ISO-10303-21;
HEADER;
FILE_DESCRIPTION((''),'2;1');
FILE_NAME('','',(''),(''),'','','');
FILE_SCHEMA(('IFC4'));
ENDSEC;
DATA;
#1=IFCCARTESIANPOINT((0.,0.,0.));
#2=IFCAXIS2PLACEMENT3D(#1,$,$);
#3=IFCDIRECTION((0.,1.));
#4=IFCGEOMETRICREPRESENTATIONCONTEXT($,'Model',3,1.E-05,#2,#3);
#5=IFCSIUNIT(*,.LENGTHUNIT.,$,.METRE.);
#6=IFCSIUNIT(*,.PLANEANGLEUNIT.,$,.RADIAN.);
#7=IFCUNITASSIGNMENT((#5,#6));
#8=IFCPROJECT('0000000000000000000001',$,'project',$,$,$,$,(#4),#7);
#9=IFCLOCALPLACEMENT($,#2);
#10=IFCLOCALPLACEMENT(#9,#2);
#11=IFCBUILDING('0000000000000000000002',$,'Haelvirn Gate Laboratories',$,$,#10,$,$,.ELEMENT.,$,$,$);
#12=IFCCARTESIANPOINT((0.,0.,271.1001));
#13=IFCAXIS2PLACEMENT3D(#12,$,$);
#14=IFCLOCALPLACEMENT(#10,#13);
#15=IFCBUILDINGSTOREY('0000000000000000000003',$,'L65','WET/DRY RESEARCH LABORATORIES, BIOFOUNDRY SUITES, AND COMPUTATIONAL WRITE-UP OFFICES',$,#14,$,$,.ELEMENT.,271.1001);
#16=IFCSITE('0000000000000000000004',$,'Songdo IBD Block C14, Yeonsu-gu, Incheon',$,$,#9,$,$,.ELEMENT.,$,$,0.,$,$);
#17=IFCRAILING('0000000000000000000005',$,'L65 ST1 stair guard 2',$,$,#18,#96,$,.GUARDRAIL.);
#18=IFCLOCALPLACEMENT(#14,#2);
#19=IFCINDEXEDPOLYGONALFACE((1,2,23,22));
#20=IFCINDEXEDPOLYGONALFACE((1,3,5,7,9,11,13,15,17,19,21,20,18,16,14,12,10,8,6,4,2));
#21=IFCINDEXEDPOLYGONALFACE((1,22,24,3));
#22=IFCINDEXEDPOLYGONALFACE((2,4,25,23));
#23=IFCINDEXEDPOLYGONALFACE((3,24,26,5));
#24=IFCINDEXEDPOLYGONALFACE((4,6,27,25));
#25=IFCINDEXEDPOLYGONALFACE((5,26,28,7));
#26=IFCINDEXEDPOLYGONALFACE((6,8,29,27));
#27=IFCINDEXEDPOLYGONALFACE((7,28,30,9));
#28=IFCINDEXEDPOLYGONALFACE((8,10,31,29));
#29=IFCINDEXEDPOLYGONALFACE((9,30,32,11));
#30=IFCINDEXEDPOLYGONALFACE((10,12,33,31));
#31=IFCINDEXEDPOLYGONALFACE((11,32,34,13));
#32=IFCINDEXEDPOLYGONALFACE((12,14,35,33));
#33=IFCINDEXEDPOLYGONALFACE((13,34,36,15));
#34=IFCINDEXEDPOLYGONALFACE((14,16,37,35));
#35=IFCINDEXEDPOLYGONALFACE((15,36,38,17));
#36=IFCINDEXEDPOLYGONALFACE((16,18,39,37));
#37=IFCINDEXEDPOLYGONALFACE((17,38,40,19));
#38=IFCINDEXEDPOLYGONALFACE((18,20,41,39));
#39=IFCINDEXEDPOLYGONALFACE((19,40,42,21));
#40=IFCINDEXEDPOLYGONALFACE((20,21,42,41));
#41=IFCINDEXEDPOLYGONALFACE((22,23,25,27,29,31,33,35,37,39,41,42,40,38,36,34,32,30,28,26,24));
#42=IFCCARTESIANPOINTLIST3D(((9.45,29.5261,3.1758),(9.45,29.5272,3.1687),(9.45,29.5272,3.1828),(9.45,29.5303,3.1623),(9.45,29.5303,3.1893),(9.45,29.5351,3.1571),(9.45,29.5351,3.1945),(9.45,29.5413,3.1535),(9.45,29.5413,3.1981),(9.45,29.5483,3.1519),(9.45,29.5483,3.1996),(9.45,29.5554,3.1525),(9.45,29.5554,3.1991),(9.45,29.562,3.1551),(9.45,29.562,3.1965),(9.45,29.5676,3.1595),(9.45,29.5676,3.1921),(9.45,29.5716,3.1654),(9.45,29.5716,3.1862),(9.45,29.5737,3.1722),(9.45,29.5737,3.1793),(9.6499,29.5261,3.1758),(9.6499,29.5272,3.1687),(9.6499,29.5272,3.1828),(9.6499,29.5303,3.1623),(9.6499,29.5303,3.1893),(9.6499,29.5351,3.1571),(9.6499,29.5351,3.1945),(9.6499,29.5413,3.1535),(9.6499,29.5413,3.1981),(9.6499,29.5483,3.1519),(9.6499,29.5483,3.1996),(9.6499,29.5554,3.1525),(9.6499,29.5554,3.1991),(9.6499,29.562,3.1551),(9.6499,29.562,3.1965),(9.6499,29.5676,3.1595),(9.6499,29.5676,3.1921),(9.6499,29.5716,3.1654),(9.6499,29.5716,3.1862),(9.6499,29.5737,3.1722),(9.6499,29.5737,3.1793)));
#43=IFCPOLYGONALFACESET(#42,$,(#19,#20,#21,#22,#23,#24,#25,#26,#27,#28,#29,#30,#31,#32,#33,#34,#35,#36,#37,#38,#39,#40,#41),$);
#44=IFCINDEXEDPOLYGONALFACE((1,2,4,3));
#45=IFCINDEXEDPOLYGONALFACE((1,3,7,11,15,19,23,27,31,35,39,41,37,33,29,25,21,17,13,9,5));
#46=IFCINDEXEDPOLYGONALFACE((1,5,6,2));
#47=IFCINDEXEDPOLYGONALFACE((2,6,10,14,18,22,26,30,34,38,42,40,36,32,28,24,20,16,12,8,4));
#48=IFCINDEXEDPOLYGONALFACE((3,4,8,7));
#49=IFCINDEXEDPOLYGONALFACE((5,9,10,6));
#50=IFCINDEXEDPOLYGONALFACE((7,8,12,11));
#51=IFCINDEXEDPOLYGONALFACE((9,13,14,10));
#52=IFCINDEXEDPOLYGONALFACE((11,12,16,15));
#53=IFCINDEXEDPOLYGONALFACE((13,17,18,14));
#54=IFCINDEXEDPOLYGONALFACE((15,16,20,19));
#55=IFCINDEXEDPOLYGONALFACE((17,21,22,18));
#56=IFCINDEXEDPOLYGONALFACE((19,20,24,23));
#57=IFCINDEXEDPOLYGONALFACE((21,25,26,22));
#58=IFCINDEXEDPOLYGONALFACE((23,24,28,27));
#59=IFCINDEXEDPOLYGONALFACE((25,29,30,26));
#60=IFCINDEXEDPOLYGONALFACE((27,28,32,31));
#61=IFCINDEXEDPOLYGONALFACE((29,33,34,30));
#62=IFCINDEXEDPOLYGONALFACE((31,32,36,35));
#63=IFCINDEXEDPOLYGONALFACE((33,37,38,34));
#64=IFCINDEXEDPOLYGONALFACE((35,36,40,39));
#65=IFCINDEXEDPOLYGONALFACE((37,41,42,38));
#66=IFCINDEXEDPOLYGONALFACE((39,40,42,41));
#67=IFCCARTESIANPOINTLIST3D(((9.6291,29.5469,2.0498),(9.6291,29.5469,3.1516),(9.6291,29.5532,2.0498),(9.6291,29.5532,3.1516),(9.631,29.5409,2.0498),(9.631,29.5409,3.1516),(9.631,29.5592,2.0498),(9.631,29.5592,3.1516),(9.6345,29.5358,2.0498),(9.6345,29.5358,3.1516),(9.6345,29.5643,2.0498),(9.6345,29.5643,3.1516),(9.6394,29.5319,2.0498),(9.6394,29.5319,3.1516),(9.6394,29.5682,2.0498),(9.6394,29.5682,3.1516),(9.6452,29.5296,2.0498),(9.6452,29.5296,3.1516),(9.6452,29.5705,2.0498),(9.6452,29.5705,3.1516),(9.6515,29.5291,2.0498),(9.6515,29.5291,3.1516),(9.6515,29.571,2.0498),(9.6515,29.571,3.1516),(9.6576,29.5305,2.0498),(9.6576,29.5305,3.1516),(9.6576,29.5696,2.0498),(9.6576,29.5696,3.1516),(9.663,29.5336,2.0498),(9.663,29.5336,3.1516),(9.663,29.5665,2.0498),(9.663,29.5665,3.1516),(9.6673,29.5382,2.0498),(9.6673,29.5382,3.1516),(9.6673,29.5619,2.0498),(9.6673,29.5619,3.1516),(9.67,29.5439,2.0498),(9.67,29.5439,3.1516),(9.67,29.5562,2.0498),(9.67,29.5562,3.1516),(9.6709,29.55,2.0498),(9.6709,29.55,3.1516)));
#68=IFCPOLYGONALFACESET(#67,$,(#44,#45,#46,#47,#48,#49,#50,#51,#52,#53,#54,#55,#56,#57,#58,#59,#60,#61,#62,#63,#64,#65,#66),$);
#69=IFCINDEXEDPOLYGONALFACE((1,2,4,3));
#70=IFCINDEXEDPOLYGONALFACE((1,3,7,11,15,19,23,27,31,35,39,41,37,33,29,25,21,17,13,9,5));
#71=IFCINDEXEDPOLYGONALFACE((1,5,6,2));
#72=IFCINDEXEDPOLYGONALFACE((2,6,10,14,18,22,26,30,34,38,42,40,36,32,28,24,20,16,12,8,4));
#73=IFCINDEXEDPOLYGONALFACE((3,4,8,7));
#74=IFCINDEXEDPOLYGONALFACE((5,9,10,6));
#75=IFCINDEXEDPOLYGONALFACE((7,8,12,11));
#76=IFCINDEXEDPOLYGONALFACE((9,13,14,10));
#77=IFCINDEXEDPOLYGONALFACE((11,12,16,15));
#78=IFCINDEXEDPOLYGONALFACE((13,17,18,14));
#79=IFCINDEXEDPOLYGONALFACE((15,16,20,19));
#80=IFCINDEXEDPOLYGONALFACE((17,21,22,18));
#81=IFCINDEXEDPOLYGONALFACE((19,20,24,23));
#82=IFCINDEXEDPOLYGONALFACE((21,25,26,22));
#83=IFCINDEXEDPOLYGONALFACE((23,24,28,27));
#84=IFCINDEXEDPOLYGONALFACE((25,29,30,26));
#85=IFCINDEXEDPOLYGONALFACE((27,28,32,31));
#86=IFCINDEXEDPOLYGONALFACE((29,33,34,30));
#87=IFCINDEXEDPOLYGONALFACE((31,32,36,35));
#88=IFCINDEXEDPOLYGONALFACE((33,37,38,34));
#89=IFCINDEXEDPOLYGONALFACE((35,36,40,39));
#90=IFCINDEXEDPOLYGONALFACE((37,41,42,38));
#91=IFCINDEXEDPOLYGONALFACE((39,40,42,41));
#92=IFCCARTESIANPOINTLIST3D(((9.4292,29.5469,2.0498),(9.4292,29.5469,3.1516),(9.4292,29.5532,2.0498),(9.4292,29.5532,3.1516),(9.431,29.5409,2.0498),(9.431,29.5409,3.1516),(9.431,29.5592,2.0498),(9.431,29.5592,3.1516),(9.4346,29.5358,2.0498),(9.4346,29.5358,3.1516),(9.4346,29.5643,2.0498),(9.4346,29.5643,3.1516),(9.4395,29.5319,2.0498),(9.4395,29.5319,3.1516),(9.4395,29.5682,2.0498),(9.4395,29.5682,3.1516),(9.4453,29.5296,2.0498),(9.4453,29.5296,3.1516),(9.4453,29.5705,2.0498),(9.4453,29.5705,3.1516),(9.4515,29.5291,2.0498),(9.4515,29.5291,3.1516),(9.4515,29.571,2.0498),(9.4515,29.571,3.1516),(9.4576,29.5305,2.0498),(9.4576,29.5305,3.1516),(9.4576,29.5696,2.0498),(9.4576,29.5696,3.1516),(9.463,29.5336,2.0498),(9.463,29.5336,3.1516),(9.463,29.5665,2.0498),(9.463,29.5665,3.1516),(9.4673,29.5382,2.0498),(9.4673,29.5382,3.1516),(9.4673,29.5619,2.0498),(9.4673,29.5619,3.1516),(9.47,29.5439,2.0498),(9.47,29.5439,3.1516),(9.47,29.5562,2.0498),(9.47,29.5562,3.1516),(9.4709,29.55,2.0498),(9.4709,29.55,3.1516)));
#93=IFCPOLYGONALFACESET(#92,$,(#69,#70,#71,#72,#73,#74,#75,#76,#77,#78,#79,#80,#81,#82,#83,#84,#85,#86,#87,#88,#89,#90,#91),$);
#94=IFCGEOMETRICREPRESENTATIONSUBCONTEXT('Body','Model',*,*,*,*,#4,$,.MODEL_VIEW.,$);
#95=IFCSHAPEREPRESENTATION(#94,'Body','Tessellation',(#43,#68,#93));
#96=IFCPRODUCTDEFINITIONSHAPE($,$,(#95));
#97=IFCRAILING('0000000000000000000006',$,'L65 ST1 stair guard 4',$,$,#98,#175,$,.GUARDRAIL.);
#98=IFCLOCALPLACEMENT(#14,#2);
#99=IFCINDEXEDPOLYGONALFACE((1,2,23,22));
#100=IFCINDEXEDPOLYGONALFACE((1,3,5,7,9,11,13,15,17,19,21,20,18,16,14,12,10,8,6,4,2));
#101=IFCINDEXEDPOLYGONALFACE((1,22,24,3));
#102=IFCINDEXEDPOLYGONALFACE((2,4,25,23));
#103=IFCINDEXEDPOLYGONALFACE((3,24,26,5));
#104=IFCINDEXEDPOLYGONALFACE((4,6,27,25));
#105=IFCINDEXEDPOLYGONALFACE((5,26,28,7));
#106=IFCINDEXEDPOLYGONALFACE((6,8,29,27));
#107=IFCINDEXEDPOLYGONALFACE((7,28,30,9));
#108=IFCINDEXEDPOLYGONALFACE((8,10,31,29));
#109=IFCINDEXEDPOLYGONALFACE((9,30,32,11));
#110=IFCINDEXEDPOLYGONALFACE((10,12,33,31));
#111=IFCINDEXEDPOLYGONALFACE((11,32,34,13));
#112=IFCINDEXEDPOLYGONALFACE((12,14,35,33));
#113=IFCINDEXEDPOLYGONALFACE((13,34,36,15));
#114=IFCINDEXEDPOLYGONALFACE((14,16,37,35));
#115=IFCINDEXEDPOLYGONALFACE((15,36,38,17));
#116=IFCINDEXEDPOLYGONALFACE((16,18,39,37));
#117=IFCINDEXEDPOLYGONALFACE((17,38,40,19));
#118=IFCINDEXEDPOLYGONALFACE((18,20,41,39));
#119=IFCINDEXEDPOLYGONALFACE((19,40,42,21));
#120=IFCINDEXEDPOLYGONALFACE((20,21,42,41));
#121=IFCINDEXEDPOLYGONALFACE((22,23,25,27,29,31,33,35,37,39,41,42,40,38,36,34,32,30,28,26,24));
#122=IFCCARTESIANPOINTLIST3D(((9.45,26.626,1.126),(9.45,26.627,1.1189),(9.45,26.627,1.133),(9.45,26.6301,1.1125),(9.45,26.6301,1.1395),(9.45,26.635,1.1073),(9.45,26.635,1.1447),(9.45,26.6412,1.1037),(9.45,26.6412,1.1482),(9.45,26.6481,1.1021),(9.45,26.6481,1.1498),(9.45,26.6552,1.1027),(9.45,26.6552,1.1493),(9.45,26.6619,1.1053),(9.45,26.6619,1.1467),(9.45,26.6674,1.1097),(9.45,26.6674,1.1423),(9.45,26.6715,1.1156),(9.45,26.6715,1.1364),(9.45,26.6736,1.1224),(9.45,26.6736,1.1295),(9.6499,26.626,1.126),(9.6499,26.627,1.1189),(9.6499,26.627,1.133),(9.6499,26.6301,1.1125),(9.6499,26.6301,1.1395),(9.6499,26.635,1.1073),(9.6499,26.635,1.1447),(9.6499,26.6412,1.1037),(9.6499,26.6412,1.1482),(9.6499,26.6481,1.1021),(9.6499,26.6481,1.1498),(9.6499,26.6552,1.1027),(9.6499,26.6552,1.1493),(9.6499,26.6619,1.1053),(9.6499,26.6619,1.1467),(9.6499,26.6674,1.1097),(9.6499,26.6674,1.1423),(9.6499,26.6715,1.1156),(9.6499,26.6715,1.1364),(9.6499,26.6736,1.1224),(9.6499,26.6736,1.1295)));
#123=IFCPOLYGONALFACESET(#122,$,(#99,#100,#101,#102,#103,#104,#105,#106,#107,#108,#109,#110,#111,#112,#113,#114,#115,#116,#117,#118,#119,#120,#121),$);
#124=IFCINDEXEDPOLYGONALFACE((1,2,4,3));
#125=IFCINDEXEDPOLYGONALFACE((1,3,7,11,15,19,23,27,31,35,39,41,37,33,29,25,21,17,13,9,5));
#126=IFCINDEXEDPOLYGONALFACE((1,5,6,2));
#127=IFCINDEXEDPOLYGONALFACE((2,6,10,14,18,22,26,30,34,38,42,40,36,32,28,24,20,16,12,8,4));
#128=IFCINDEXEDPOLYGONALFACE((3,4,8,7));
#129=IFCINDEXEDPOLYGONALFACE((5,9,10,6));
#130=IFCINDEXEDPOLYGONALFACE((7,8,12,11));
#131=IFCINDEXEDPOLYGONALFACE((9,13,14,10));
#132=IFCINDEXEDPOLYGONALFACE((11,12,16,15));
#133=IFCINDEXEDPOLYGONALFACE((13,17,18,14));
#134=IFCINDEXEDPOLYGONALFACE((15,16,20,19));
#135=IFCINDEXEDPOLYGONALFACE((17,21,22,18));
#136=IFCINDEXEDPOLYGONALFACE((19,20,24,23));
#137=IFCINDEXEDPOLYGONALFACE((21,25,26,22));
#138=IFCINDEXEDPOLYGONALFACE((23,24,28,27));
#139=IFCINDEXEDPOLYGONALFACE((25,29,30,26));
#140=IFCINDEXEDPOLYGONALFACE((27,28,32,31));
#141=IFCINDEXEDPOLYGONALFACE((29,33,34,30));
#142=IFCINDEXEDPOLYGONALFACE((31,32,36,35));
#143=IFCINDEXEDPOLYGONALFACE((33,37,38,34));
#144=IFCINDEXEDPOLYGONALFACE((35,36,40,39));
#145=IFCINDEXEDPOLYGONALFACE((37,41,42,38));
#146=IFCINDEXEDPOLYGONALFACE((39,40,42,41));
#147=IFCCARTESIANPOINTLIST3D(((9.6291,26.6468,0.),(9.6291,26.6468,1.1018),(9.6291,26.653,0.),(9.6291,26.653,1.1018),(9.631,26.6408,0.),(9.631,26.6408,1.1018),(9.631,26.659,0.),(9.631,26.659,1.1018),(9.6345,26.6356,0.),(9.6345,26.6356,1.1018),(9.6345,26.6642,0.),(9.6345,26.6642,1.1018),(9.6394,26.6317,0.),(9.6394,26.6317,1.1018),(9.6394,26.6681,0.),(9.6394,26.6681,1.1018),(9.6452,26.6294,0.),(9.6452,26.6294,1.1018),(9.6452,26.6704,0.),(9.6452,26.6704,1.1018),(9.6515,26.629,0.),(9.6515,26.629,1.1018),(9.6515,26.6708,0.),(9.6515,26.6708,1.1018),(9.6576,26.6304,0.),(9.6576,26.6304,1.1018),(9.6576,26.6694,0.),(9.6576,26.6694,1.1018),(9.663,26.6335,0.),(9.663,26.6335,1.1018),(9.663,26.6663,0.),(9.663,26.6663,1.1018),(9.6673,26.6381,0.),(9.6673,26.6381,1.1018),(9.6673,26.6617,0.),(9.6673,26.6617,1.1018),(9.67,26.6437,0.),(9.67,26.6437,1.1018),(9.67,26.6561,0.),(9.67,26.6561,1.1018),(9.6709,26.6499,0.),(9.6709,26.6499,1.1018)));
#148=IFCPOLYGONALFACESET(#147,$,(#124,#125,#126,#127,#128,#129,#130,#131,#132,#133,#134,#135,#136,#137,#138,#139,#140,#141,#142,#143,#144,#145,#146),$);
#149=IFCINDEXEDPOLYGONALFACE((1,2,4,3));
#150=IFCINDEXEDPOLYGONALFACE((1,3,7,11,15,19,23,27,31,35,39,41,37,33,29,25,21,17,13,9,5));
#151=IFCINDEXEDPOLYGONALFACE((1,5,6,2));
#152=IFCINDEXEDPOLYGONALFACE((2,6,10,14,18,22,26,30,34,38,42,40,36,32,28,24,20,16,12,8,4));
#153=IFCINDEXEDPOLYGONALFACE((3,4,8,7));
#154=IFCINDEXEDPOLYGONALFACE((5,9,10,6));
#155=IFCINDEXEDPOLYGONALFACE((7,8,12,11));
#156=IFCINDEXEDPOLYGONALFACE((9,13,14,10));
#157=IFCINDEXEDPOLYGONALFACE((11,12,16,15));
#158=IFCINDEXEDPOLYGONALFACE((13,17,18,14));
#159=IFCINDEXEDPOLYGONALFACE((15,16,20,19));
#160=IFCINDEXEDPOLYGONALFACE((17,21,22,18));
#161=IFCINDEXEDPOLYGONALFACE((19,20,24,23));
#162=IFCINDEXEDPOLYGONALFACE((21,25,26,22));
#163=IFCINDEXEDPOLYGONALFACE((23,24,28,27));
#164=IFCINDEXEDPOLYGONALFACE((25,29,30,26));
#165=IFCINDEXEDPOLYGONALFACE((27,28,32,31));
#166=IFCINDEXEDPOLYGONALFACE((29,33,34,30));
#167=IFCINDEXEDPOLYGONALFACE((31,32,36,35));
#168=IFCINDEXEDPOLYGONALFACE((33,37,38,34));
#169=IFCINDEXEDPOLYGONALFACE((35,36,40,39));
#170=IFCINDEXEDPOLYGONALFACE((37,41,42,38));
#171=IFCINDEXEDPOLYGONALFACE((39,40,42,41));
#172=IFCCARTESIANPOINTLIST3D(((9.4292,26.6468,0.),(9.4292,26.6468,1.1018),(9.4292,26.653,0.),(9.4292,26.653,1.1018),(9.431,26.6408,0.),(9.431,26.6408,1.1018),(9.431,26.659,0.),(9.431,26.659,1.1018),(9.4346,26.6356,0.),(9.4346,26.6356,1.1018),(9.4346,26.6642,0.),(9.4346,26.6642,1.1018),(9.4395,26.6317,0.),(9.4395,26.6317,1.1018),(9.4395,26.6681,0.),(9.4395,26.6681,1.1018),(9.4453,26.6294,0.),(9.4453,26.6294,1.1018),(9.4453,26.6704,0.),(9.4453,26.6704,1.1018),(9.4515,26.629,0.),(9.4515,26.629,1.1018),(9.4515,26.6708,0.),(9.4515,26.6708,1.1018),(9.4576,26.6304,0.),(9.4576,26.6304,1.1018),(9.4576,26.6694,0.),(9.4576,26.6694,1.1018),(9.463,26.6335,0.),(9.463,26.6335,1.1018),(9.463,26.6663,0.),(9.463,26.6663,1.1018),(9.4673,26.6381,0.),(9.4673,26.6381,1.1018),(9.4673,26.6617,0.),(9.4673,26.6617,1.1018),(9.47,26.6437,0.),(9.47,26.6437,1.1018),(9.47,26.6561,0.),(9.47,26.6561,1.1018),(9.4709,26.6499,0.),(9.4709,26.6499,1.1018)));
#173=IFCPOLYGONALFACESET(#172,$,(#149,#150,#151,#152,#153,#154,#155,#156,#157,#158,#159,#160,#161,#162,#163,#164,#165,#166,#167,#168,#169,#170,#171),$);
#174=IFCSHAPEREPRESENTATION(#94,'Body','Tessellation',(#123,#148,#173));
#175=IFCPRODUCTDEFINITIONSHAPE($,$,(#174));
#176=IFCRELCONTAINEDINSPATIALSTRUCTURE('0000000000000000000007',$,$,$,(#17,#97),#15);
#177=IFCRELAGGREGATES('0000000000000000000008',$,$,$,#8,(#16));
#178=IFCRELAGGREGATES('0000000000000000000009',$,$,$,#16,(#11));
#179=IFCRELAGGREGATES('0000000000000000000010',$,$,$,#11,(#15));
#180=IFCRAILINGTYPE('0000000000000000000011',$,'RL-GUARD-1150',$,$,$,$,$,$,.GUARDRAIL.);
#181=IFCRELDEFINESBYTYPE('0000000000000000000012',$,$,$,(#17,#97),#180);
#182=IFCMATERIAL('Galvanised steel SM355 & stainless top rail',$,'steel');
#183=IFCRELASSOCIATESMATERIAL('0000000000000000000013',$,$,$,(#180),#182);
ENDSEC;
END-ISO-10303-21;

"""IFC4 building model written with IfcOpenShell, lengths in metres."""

from ifc_helpers import new_model, si_unit, direction, frame, origin, origin_2d, place, context, subcontext, project, spatial, circle, extrude, source, transform, mapped, material, type_object, element, save


model = new_model("IFC4")

# Units and contexts
model_context = context("Model", 3, precision=1e-05, world=origin(), true_north=direction((0.0, 1.0)))
body_context = subcontext(model_context, "Body", "Model", "MODEL_VIEW")
ifc_project = project(units=[si_unit("LENGTHUNIT", "METRE"), si_unit("PLANEANGLEUNIT", "RADIAN")], contexts=[model_context])

# Site, building, storey
site_placement = place(None, origin())
site = spatial("IfcSite", under=ifc_project, at=site_placement, Name="Songdo IBD Block C14, Yeonsu-gu, Incheon", CompositionType="ELEMENT", RefElevation=0.0)
building_placement = place(site_placement, origin())
building = spatial("IfcBuilding", under=site, at=building_placement, Name="Haelvirn Gate Laboratories", CompositionType="ELEMENT")
storey_placement = place(building_placement, frame((0.0, 0.0, 271.1001)))
storey = spatial("IfcBuildingStorey", under=building, at=storey_placement, Name="L65", Description="WET/DRY RESEARCH LABORATORIES, BIOFOUNDRY SUITES, AND COMPUTATIONAL WRITE-UP OFFICES", CompositionType="ELEMENT", Elevation=271.1001)

# Railings
ifc_material_1 = material(Name="Galvanised steel SM355 & stainless top rail", Category="steel")
railing_type_1 = type_object("IfcRailingType", Name="RL-GUARD-1150", PredefinedType="GUARDRAIL", material=ifc_material_1)
shared_shape_1 = source(origin(), body_context, "Body", "SweptSolid", [
    extrude(circle(Radius=0.0239, at=origin_2d()), frame((0.0, 0.0, 1.126), z_axis=(-1.0, 0.0, 0.0), x_axis=(0.0, -1.0, 0.0)), (0.0, 0.0, 1.0), 0.2),
    extrude(circle(Radius=0.021, at=origin_2d()), origin(), (0.0, 0.0, 1.0), 1.1018),
    extrude(circle(Radius=0.021, at=origin_2d()), frame((-0.2, 0.0, 0.0)), (0.0, 0.0, 1.0), 1.1018),
])
for number, where, name in (
    (1, (9.6499, 29.55, 2.0498), "L65 ST1 stair guard 2"),
    (2, (9.6499, 26.6499, 0.0), "L65 ST1 stair guard 4"),
):
    element("IfcRailing", number, at=place(storey_placement, frame(where)), inside=storey, type_object=railing_type_1, Name=name, PredefinedType="GUARDRAIL", context=body_context, shape_type="MappedRepresentation", body=[
        mapped(shared_shape_1, transform((0.0, 0.0, 0.0), scale=1.0)),
    ])

save(model, "model.ifc")
